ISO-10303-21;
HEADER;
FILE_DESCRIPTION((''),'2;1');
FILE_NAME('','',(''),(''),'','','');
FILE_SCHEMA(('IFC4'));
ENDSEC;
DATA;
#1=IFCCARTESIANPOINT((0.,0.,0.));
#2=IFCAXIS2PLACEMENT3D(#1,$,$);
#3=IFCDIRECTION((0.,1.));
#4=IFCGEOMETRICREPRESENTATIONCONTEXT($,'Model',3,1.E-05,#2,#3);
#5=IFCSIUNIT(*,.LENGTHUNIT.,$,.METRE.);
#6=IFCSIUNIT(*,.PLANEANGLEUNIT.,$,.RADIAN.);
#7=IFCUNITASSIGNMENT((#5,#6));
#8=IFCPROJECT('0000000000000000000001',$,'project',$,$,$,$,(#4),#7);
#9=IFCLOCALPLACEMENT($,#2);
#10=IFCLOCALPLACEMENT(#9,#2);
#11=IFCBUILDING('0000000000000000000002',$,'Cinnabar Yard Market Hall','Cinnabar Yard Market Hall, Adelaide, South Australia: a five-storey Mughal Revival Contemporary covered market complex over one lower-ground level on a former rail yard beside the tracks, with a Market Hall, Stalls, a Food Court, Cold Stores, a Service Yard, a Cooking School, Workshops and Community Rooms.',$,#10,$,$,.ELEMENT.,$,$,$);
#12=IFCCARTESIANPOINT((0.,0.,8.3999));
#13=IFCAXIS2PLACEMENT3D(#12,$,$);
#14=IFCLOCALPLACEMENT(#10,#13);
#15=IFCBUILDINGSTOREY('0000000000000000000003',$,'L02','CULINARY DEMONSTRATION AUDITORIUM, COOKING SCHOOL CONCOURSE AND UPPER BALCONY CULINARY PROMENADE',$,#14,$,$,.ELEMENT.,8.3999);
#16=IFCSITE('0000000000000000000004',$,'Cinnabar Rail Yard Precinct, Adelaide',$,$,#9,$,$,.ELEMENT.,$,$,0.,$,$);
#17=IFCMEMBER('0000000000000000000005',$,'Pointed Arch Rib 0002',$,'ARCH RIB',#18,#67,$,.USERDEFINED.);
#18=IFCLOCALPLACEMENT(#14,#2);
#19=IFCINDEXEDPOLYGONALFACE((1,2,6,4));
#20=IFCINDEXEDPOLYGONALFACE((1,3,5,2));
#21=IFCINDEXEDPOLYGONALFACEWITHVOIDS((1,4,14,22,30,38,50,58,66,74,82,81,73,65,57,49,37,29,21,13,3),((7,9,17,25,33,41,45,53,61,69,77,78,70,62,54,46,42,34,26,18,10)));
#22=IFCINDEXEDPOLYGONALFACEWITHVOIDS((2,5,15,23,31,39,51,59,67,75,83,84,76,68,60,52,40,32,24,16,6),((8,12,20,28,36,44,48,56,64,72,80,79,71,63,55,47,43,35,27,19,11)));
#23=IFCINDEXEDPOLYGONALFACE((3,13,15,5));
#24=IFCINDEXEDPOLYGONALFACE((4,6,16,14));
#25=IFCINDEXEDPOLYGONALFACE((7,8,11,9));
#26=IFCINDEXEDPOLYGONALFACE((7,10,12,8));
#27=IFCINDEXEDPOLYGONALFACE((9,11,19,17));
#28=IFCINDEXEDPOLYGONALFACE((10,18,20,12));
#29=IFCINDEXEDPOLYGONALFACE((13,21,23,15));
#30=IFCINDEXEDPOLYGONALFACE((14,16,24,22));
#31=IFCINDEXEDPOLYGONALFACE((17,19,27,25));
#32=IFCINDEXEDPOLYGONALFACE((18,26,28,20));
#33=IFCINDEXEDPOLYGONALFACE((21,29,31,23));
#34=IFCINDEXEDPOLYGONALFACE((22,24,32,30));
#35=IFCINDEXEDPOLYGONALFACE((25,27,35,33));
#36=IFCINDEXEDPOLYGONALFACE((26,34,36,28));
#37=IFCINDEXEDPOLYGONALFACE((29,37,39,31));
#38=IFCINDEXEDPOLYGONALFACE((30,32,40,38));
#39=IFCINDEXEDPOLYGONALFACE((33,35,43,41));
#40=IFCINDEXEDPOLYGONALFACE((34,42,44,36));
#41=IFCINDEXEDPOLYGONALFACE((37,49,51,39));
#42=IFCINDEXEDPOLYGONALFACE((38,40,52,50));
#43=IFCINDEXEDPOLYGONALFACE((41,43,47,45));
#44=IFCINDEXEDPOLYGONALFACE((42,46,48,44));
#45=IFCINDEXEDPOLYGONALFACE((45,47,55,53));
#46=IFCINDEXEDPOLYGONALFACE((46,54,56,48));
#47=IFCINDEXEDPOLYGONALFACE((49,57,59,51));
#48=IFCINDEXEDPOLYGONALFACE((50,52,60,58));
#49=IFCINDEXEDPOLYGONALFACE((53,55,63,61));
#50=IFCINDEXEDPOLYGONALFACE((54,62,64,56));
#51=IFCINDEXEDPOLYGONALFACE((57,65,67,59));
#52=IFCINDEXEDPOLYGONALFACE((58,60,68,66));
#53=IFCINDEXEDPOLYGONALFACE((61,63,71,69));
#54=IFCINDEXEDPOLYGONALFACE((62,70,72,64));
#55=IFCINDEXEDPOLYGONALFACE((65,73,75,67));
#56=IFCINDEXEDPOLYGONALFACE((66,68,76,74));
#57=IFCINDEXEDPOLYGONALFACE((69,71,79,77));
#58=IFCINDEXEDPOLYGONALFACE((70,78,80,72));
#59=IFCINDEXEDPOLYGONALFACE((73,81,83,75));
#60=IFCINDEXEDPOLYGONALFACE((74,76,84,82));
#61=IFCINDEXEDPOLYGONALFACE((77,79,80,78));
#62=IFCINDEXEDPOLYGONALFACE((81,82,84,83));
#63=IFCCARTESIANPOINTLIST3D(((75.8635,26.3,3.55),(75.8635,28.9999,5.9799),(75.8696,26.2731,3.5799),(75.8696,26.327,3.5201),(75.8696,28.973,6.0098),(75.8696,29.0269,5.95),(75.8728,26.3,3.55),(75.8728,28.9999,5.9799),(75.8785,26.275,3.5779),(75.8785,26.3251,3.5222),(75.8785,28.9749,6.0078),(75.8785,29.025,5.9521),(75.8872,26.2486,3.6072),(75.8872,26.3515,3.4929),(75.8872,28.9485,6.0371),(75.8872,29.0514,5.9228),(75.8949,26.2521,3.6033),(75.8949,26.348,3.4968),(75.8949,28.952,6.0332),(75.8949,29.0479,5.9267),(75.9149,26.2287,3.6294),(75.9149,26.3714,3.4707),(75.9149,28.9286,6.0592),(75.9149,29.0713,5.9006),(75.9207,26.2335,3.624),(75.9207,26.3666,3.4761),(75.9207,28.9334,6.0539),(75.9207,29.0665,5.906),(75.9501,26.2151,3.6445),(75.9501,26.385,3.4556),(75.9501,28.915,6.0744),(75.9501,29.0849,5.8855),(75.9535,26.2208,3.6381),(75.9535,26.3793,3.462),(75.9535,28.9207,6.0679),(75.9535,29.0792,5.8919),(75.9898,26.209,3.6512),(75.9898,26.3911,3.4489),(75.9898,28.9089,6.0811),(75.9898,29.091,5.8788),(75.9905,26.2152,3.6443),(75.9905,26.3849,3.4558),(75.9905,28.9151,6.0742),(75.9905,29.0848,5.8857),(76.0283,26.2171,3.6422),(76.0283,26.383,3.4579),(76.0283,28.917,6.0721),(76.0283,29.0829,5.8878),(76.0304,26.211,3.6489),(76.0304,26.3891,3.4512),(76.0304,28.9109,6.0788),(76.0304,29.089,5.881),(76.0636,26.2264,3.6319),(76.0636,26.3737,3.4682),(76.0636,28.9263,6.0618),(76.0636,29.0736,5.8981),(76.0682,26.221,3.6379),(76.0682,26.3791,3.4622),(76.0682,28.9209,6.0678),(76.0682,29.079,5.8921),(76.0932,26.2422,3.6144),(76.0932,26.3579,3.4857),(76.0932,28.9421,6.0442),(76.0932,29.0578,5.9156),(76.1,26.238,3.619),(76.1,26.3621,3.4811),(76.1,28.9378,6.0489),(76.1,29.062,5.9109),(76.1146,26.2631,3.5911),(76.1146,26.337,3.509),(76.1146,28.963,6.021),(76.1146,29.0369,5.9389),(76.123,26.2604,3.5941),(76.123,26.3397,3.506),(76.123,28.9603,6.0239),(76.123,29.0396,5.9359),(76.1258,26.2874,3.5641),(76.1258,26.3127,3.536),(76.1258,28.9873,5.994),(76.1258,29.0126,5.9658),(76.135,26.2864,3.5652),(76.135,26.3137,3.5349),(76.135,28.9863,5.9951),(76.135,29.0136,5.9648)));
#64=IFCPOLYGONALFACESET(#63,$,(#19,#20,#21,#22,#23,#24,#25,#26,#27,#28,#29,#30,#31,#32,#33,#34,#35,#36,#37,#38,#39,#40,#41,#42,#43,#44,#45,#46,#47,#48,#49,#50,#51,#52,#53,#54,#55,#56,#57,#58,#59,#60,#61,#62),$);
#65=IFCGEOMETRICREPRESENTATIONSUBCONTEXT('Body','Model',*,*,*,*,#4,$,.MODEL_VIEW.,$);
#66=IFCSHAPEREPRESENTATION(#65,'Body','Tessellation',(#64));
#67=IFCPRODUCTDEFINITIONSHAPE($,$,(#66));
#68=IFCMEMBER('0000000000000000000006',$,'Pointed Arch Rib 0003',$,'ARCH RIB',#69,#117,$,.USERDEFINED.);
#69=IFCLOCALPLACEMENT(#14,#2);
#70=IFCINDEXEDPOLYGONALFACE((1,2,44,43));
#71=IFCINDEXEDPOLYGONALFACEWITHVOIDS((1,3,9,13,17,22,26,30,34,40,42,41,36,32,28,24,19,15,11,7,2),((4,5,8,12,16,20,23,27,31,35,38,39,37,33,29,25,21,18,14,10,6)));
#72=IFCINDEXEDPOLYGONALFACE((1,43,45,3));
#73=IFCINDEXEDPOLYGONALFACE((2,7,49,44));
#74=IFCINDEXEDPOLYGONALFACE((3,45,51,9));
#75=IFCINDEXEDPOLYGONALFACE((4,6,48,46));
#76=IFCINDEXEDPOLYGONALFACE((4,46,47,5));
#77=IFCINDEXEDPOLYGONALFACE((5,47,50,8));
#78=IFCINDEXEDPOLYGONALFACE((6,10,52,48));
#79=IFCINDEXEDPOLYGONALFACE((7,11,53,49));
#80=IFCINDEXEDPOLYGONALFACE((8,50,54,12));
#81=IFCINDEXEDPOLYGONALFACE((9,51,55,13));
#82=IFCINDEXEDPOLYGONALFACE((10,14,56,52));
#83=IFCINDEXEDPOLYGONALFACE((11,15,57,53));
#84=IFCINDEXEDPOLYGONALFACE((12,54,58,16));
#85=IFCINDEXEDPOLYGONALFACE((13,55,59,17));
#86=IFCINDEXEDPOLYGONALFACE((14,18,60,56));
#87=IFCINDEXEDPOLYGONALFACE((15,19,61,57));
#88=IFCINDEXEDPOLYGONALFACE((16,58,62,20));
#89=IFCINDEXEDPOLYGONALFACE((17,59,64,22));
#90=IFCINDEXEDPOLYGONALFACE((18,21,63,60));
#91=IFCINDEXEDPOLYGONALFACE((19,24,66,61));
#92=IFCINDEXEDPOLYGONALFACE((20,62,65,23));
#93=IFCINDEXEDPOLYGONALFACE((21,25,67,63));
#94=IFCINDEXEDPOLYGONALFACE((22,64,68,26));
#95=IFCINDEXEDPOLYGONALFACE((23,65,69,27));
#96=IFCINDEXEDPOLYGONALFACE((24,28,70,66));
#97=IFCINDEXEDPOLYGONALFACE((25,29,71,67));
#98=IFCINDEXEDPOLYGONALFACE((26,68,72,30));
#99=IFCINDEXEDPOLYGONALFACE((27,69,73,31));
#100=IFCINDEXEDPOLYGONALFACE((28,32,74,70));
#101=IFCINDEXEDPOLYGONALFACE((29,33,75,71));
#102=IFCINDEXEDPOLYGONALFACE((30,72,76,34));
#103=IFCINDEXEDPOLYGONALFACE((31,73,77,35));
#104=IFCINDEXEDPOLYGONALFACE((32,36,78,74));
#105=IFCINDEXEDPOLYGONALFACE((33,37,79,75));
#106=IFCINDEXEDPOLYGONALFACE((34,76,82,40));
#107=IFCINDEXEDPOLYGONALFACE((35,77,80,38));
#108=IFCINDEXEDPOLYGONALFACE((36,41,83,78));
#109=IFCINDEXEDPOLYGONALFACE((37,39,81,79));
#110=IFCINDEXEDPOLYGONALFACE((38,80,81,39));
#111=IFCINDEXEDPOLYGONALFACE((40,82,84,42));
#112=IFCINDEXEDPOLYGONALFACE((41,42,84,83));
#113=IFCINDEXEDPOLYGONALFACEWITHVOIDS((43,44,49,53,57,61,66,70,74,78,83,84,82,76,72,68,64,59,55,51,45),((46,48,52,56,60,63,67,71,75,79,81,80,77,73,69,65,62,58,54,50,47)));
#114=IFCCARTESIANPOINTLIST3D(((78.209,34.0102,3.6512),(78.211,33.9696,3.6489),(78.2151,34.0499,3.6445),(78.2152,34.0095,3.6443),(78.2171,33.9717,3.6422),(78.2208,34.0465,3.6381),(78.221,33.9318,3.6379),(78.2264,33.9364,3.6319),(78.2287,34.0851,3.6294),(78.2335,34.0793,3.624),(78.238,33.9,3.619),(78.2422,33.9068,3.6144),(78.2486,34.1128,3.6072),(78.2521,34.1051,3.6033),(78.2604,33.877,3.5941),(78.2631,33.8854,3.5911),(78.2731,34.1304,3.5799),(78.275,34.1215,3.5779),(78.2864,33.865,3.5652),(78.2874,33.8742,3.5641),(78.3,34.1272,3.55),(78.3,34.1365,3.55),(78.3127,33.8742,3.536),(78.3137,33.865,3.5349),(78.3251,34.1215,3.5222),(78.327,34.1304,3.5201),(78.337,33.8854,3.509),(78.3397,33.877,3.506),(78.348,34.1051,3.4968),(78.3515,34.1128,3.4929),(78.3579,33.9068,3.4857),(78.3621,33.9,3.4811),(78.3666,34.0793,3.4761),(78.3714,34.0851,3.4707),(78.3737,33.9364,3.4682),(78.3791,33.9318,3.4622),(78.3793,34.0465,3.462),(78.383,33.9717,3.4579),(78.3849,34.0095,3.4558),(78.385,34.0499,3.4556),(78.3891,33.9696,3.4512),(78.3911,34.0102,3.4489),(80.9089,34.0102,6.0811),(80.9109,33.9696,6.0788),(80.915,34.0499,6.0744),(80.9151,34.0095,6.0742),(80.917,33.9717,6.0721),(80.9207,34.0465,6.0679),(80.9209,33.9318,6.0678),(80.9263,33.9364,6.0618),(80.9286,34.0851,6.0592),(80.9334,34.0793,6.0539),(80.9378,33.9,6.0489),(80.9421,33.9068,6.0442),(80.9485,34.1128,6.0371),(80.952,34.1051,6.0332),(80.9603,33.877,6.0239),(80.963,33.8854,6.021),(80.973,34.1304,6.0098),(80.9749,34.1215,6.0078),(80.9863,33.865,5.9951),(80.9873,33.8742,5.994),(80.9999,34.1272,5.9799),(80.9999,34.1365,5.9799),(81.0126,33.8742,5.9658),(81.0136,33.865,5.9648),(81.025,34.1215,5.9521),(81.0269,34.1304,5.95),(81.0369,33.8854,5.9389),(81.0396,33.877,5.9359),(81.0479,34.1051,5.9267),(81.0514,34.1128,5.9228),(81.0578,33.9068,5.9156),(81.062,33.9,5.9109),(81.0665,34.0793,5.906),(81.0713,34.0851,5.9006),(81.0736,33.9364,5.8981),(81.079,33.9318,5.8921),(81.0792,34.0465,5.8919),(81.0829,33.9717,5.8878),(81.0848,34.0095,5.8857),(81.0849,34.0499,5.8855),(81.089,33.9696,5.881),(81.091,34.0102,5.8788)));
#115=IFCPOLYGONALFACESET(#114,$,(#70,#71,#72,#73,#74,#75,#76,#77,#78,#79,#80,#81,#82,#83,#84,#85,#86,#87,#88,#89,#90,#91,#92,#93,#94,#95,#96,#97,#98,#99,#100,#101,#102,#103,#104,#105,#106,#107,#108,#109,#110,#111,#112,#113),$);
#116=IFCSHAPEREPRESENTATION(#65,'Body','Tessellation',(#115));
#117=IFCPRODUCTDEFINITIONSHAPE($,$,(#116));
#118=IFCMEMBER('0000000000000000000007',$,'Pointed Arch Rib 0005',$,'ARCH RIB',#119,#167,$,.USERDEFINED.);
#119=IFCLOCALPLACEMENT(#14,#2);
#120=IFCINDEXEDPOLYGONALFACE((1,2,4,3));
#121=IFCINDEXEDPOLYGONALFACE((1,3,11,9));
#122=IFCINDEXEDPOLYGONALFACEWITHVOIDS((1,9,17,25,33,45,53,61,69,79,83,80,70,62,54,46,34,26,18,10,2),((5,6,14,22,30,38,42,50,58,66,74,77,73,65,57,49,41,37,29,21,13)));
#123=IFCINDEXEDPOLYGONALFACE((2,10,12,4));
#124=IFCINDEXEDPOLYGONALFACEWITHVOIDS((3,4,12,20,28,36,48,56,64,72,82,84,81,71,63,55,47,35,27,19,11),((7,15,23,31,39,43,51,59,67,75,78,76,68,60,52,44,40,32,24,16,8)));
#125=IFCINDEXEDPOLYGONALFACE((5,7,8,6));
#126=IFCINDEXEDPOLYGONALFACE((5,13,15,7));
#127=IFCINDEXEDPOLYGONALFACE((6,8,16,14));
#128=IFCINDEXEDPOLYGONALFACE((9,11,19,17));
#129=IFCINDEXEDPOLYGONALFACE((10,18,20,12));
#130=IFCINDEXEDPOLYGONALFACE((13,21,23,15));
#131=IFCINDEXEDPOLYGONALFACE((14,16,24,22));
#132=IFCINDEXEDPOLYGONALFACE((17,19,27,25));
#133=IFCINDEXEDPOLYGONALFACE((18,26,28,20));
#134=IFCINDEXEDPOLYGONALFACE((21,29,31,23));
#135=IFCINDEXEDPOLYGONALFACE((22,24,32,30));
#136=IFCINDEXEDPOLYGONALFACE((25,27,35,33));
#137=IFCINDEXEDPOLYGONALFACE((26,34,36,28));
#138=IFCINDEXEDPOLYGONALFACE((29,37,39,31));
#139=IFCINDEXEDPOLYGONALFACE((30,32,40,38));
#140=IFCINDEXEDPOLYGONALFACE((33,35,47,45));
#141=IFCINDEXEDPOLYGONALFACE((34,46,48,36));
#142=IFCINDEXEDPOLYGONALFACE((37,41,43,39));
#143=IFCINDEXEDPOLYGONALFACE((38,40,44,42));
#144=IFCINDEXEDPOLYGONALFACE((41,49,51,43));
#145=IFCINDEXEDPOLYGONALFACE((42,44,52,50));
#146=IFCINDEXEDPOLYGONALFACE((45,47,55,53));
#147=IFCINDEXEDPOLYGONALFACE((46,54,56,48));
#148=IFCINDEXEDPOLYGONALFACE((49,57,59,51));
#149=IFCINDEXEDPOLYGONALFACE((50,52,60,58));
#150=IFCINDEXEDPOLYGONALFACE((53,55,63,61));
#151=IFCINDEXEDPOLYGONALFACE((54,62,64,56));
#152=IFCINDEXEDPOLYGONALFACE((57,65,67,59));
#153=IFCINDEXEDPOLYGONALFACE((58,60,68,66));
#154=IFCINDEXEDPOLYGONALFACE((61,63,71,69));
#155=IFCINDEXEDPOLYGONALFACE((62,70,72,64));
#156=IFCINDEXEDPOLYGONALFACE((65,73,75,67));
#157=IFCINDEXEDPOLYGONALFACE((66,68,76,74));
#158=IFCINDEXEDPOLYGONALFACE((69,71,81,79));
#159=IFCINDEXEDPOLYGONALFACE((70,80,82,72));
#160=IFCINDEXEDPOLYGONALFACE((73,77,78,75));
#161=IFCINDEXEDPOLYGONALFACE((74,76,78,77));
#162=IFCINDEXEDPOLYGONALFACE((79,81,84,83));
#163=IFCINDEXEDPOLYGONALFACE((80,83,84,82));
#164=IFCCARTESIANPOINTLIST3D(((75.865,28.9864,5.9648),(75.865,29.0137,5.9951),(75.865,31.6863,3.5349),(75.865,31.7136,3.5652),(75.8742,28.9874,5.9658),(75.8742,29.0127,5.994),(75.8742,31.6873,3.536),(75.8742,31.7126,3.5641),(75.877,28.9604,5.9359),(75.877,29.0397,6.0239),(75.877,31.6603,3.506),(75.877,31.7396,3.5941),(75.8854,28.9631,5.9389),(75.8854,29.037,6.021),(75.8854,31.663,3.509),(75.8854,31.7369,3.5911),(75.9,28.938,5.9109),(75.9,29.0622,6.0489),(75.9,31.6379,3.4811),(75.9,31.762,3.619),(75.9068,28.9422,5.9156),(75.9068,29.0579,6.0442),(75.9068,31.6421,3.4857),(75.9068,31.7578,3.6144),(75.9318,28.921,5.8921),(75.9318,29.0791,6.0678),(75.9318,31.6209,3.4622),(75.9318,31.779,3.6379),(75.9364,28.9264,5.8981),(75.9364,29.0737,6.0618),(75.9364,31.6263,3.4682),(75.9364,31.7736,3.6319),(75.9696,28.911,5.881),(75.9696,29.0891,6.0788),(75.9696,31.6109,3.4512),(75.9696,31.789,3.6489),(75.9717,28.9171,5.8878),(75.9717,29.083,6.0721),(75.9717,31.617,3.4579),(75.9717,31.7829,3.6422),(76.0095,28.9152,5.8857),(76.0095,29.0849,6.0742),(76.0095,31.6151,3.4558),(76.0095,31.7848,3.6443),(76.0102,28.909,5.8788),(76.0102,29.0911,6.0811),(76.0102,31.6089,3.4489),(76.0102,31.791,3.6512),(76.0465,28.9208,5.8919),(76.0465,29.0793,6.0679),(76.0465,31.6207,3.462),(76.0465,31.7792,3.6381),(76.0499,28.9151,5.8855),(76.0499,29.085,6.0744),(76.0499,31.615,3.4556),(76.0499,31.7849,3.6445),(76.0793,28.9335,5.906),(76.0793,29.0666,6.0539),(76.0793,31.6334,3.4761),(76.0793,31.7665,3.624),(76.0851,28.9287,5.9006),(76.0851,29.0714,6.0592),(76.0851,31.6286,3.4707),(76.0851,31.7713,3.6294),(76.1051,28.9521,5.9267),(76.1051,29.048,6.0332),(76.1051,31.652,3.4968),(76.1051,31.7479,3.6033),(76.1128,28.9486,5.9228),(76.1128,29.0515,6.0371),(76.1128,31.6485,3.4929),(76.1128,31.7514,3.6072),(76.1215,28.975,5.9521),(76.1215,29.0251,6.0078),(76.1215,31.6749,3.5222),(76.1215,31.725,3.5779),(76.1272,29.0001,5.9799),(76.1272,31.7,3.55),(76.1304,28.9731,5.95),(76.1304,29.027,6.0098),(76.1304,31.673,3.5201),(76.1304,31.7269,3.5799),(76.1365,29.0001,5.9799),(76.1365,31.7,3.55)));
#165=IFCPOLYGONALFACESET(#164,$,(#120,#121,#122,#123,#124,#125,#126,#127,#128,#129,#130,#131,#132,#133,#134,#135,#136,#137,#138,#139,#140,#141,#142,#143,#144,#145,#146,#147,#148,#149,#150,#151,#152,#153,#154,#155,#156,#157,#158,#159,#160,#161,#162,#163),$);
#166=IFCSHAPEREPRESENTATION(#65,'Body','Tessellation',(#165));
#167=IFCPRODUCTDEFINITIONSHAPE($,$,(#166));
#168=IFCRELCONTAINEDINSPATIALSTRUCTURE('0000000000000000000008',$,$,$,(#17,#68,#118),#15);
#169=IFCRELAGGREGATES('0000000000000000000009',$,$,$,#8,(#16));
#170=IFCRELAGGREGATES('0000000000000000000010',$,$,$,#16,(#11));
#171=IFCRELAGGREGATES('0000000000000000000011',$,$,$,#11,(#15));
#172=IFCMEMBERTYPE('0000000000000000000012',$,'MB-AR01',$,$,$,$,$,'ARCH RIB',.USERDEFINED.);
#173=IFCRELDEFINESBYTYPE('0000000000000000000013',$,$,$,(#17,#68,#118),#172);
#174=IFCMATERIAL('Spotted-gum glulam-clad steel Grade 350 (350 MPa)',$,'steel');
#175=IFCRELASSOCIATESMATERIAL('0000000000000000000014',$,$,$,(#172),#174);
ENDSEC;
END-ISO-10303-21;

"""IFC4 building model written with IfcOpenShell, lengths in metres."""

from ifc_helpers import new_model, si_unit, direction, frame, origin, origin_2d_with_axis, place, context, subcontext, project, spatial, hollow_circle, extrude, material, material_profile, profile_set, type_object, element, save


model = new_model("IFC4")

# Units and contexts
model_context = context("Model", 3, precision=1e-05, world=origin(), true_north=direction((0.0, 1.0)))
body_context = subcontext(model_context, "Body", "Model", "MODEL_VIEW")
ifc_project = project(units=[si_unit("LENGTHUNIT", "METRE"), si_unit("PLANEANGLEUNIT", "RADIAN")], contexts=[model_context])

# Site, building, storey
site_placement = place(None, origin())
site = spatial("IfcSite", under=ifc_project, at=site_placement, Name="Cinnabar Rail Yard Precinct, Adelaide", CompositionType="ELEMENT", RefElevation=0.0)
building_placement = place(site_placement, origin())
building = spatial("IfcBuilding", under=site, at=building_placement, Name="Cinnabar Yard Market Hall", Description="Cinnabar Yard Market Hall, Adelaide, South Australia: a five-storey Mughal Revival Contemporary covered market complex over one lower-ground level on a former rail yard beside the tracks, with a Market Hall, Stalls, a Food Court, Cold Stores, a Service Yard, a Cooking School, Workshops and Community Rooms.", CompositionType="ELEMENT")
storey_placement = place(building_placement, frame((0.0, 0.0, 8.3999)))
storey = spatial("IfcBuildingStorey", under=building, at=storey_placement, Name="L02", Description="CULINARY DEMONSTRATION AUDITORIUM, COOKING SCHOOL CONCOURSE AND UPPER BALCONY CULINARY PROMENADE", CompositionType="ELEMENT", Elevation=8.3999)

# Shared definitions
ifc_material_1 = material(Name="Spotted-gum glulam-clad steel Grade 350 (350 MPa)", Category="steel")

# Members
ifc_material_profile_1 = material_profile(ifc_material_1, hollow_circle(Radius=0.1365, WallThickness=0.0093, at=origin_2d_with_axis()), Name="273.1x9.3CHS")
ifc_profile_set_1 = profile_set([ifc_material_profile_1], Name="Spotted-gum glulam-clad steel Grade 350 (350 MPa)")
member_type_1 = type_object("IfcMemberType", Name="MB-AR01", ElementType="ARCH RIB", PredefinedType="USERDEFINED", material=ifc_profile_set_1)
for number, where, z_axis, x_axis, name in (
    (1, (76.0, 26.3, 3.55), (0.0, 0.743297, 0.668961), (-1.0, 0.0, 0.0), "Pointed Arch Rib 0002"),
    (2, (78.3, 34.0, 3.55), (0.743297, 0.0, 0.668961), (0.0, 1.0, 0.0), "Pointed Arch Rib 0003"),
    (3, (76.0, 31.7, 3.55), (0.0, -0.743297, 0.668961), (1.0, 0.0, 0.0), "Pointed Arch Rib 0005"),
):
    element("IfcMember", number, at=place(storey_placement, frame(where, z_axis=z_axis, x_axis=x_axis)), inside=storey, type_object=member_type_1, Name=name, ObjectType="ARCH RIB", PredefinedType="USERDEFINED", context=body_context, shape_type="SweptSolid", body=[
        extrude(hollow_circle(Radius=0.1365, WallThickness=0.0093, at=origin_2d_with_axis()), origin(), (0.0, 0.0, 1.0), 3.6323),
    ])

save(model, "model.ifc")
